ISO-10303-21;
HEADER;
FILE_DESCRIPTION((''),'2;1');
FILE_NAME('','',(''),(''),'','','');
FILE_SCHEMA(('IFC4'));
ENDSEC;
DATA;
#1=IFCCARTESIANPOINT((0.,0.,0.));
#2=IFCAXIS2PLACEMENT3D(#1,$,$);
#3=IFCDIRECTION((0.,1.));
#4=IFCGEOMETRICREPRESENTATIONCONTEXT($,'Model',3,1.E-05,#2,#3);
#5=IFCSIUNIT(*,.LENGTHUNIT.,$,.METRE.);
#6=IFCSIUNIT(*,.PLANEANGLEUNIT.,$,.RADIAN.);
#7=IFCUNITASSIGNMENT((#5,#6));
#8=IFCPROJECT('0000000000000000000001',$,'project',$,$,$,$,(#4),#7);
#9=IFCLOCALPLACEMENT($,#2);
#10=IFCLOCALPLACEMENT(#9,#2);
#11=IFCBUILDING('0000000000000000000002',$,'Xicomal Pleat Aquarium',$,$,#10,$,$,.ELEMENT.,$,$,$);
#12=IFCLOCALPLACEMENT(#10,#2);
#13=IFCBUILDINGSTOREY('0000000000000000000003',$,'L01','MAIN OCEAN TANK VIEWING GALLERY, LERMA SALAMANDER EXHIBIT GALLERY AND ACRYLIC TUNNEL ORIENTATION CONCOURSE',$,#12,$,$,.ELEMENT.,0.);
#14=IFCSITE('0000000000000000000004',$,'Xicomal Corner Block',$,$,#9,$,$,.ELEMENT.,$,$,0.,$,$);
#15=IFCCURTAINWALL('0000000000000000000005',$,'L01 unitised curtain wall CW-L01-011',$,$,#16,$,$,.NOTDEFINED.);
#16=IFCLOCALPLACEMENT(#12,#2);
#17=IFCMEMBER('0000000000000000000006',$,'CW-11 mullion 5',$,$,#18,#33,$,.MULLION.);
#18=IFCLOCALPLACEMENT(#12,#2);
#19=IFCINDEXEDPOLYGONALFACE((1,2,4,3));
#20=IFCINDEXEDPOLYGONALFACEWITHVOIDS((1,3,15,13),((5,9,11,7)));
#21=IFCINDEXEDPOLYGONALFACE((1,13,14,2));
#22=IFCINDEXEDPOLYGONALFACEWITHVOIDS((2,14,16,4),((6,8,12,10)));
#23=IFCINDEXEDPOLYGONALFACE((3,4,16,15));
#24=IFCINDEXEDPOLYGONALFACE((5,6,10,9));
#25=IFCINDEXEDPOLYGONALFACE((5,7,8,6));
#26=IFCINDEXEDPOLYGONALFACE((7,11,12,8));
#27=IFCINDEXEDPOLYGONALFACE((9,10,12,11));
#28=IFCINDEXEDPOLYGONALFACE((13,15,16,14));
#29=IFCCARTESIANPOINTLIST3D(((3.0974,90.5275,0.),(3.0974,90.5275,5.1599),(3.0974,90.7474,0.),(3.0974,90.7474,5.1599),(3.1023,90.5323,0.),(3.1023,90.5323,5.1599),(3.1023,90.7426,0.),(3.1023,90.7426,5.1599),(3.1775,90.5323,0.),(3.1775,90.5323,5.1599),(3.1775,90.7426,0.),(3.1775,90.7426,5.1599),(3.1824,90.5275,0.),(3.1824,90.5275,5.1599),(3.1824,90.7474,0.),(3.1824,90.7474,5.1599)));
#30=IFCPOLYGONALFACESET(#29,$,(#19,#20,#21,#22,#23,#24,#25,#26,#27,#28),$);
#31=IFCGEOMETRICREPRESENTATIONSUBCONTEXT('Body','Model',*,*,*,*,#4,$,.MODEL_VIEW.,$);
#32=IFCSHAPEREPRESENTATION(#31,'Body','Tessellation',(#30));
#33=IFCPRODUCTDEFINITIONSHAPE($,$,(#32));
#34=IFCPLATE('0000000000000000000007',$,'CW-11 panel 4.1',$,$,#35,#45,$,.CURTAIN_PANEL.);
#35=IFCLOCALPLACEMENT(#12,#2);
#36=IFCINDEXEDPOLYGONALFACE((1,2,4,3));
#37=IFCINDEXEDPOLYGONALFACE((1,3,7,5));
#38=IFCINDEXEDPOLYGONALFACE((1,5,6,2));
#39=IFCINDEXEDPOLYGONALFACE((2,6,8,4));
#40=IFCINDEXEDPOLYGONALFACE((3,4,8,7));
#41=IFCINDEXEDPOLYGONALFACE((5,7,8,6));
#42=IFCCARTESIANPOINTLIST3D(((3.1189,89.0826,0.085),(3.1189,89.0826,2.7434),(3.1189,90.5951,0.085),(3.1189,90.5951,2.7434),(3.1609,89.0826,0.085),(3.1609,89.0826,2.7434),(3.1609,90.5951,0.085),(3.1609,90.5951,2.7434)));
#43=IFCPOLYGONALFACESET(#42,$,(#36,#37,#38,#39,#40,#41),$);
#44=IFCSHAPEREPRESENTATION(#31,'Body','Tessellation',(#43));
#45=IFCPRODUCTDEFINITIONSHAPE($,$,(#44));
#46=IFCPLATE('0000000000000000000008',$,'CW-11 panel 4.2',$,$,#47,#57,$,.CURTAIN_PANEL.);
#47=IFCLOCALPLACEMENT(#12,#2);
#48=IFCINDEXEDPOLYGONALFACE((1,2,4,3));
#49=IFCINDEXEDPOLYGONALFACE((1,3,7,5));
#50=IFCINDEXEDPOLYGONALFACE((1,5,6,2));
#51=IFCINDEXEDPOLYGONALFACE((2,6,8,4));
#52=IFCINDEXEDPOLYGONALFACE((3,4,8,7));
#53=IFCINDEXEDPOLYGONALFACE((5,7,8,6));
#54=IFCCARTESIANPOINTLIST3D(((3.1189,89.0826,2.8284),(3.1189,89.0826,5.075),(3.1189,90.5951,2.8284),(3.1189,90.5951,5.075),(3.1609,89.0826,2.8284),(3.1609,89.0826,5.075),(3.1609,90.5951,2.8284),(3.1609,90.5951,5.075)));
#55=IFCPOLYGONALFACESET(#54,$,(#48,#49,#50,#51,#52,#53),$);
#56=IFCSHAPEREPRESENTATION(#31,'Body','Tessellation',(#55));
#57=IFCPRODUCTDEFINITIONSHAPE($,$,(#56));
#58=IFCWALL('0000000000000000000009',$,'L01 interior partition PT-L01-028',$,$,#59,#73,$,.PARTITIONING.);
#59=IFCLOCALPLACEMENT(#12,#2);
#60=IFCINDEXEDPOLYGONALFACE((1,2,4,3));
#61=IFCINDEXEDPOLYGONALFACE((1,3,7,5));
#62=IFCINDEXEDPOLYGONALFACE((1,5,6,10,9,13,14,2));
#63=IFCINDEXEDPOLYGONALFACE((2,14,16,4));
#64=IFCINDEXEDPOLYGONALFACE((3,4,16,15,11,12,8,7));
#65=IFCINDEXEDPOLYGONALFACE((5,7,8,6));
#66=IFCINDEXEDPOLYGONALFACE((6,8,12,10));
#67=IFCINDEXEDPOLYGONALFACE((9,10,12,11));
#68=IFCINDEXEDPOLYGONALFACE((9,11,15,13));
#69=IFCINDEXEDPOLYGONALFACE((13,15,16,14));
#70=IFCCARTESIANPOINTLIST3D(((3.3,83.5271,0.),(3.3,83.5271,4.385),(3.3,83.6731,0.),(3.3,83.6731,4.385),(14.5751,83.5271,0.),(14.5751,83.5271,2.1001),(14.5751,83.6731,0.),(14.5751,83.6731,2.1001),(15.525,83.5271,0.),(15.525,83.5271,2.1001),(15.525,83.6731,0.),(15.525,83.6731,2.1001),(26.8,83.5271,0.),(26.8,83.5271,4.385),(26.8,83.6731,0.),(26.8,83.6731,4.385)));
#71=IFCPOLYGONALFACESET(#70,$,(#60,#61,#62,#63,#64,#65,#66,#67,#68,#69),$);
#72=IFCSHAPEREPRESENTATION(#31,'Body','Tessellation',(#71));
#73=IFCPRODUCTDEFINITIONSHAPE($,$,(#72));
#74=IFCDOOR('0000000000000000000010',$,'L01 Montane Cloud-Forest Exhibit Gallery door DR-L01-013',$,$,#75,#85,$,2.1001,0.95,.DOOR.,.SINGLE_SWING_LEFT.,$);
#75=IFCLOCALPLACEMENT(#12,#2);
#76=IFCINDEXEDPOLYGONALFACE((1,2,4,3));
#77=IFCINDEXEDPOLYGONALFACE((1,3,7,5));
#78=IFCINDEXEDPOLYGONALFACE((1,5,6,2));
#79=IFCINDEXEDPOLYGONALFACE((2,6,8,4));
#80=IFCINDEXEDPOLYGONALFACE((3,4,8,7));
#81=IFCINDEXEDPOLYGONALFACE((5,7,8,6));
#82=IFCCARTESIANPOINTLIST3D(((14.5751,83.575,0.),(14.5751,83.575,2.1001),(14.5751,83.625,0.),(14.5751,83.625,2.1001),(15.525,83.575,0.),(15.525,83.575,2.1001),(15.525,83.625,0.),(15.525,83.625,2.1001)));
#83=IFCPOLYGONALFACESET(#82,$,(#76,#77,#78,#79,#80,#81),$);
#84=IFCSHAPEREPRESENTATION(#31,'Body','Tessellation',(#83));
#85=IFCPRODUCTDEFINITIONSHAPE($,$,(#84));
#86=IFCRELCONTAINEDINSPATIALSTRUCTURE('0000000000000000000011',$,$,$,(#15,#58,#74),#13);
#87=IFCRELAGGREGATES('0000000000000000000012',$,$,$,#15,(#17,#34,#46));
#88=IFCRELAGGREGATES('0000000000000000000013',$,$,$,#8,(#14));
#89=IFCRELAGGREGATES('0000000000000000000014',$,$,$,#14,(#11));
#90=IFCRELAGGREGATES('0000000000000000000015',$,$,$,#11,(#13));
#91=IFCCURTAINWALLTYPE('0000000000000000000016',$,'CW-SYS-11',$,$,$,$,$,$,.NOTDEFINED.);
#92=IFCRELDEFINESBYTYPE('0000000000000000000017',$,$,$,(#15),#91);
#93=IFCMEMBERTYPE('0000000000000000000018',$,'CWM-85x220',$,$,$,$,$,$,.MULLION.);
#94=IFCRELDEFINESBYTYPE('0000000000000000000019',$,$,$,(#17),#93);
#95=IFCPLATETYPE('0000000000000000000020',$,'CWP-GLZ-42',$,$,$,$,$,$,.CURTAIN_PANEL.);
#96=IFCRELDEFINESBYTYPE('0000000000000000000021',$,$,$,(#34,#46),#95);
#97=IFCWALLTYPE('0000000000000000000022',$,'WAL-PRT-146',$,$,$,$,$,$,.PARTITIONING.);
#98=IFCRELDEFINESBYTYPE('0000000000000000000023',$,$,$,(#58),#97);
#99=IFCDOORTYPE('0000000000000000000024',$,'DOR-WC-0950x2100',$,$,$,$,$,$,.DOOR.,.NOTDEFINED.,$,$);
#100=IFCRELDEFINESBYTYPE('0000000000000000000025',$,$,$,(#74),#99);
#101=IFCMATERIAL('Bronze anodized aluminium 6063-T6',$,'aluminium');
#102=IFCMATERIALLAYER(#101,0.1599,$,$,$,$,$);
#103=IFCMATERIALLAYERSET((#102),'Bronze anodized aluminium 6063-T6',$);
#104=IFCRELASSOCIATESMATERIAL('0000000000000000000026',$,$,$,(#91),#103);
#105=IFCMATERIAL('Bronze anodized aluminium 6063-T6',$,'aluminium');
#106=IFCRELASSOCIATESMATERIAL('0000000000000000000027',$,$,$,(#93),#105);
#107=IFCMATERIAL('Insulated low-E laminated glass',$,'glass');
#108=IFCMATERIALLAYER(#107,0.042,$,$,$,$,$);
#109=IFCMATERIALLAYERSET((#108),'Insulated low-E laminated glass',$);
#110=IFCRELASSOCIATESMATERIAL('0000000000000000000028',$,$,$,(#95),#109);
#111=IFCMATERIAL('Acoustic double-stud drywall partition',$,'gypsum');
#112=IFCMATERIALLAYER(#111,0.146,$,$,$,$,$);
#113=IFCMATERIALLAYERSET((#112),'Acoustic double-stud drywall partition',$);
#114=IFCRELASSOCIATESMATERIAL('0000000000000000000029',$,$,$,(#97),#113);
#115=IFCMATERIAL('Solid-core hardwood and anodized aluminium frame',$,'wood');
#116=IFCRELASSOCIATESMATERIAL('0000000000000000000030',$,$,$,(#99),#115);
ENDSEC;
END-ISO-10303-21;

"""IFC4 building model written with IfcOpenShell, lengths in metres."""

from ifc_helpers import new_model, si_unit, direction, frame, frame_2d, origin, origin_2d, place, context, subcontext, project, spatial, rectangle, hollow_rectangle, extrude, material, layer, layer_set, material_profile, profile_set, type_object, element, fill, aggregate, save


model = new_model("IFC4")

# Units and contexts
model_context = context("Model", 3, precision=1e-05, world=origin(), true_north=direction((0.0, 1.0)))
body_context = subcontext(model_context, "Body", "Model", "MODEL_VIEW")
ifc_project = project(units=[si_unit("LENGTHUNIT", "METRE"), si_unit("PLANEANGLEUNIT", "RADIAN")], contexts=[model_context])

# Site, building, storey
site_placement = place(None, origin())
site = spatial("IfcSite", under=ifc_project, at=site_placement, Name="Xicomal Corner Block", CompositionType="ELEMENT", RefElevation=0.0)
building_placement = place(site_placement, origin())
building = spatial("IfcBuilding", under=site, at=building_placement, Name="Xicomal Pleat Aquarium", CompositionType="ELEMENT")
storey_placement = place(building_placement, origin())
storey = spatial("IfcBuildingStorey", under=building, at=storey_placement, Name="L01", Description="MAIN OCEAN TANK VIEWING GALLERY, LERMA SALAMANDER EXHIBIT GALLERY AND ACRYLIC TUNNEL ORIENTATION CONCOURSE", CompositionType="ELEMENT", Elevation=0.0)

# Curtain wall, member, plates
ifc_material_1 = material(Name="Bronze anodized aluminium 6063-T6", Category="aluminium")
ifc_layer_1 = layer(ifc_material_1, 0.1599)
ifc_layer_set_1 = layer_set([ifc_layer_1], Name="Bronze anodized aluminium 6063-T6")
curtain_wall_type_1 = type_object("IfcCurtainWallType", Name="CW-SYS-11", PredefinedType="NOTDEFINED", material=ifc_layer_set_1)
curtain_wall_1_placement = place(storey_placement, origin())
curtain_wall_1 = element("IfcCurtainWall", 1, at=curtain_wall_1_placement, inside=storey, type_object=curtain_wall_type_1, Name="L01 unitised curtain wall CW-L01-011", PredefinedType="NOTDEFINED")
ifc_material_2 = material(Name="Bronze anodized aluminium 6063-T6", Category="aluminium")
ifc_material_profile_1 = material_profile(ifc_material_2, hollow_rectangle(XDim=0.085, YDim=0.22, WallThickness=0.0049, at=origin_2d()), Name="ALU MULL 85x220")
ifc_profile_set_1 = profile_set([ifc_material_profile_1], Name="Bronze anodized aluminium 6063-T6")
member_type_1 = type_object("IfcMemberType", Name="CWM-85x220", PredefinedType="MULLION", material=ifc_profile_set_1)
member_1_placement = place(storey_placement, frame((3.1399, 90.6375, 0.0), z_axis=(0.0, 0.0, 1.0), x_axis=(-1.0, 0.0, 0.0)))
member_1 = element("IfcMember", 2, at=member_1_placement, type_object=member_type_1, Name="CW-11 mullion 5", PredefinedType="MULLION", context=body_context, shape_type="SweptSolid", body=[
    extrude(hollow_rectangle(XDim=0.085, YDim=0.22, WallThickness=0.0049, at=origin_2d()), origin(), (0.0, 0.0, 1.0), 5.1599),
])
ifc_material_3 = material(Name="Insulated low-E laminated glass", Category="glass")
ifc_layer_2 = layer(ifc_material_3, 0.042)
ifc_layer_set_2 = layer_set([ifc_layer_2], Name="Insulated low-E laminated glass")
plate_type = type_object("IfcPlateType", Name="CWP-GLZ-42", PredefinedType="CURTAIN_PANEL", material=ifc_layer_set_2)
plate_1_placement = place(storey_placement, frame((3.1399, 89.8389, 0.085), z_axis=(0.0, 0.0, 1.0), x_axis=(0.0, 1.0, 0.0)))
plate_1 = element("IfcPlate", 3, at=plate_1_placement, type_object=plate_type, Name="CW-11 panel 4.1", PredefinedType="CURTAIN_PANEL", context=body_context, shape_type="SweptSolid", body=[
    extrude(rectangle(XDim=1.5125, YDim=0.042, at=origin_2d()), origin(), (0.0, 0.0, 1.0), 2.6584),
])
plate_2_placement = place(storey_placement, frame((3.1399, 89.8389, 2.8284), z_axis=(0.0, 0.0, 1.0), x_axis=(0.0, 1.0, 0.0)))
plate_2 = element("IfcPlate", 4, at=plate_2_placement, type_object=plate_type, Name="CW-11 panel 4.2", PredefinedType="CURTAIN_PANEL", context=body_context, shape_type="SweptSolid", body=[
    extrude(rectangle(XDim=1.5125, YDim=0.042, at=origin_2d()), origin(), (0.0, 0.0, 1.0), 2.2466),
])
aggregate(curtain_wall_1, [member_1, plate_1, plate_2])

# Wall, opening, door
ifc_material_4 = material(Name="Acoustic double-stud drywall partition", Category="gypsum")
ifc_layer_3 = layer(ifc_material_4, 0.146)
ifc_layer_set_3 = layer_set([ifc_layer_3], Name="Acoustic double-stud drywall partition")
wall_type = type_object("IfcWallType", Name="WAL-PRT-146", PredefinedType="PARTITIONING", material=ifc_layer_set_3)
wall_placement = place(storey_placement, frame((3.3, 83.6001, 0.0), z_axis=(0.0, 0.0, 1.0), x_axis=(1.0, 0.0, 0.0)))
wall = element("IfcWall", 5, at=wall_placement, inside=storey, type_object=wall_type, Name="L01 interior partition PT-L01-028", PredefinedType="PARTITIONING", context=body_context, shape_type="SweptSolid", body=[
    extrude(rectangle(XDim=23.5, YDim=0.146, at=frame_2d((11.75, 0.0))), origin(), (0.0, 0.0, 1.0), 4.385),
])
opening_placement = place(wall_placement, frame((11.2749, 0.0, 0.0)))
opening = element("IfcOpeningElement", 6, at=opening_placement, cuts=wall, PredefinedType="OPENING", context=body_context, shape_type="SweptSolid", body=[
    extrude(rectangle(XDim=0.95, YDim=2.1001, at=frame_2d((0.4751, 1.05))), frame((0.0, 0.083, 0.0), z_axis=(0.0, -1.0, 0.0), x_axis=(1.0, 0.0, 0.0)), (0.0, 0.0, 1.0), 0.166),
])
ifc_material_5 = material(Name="Solid-core hardwood and anodized aluminium frame", Category="wood")
door_type = type_object("IfcDoorType", Name="DOR-WC-0950x2100", OperationType="NOTDEFINED", PredefinedType="DOOR", material=ifc_material_5)
door_placement = place(opening_placement, origin())
door = element("IfcDoor", 7, at=door_placement, inside=storey, type_object=door_type, Name="L01 Montane Cloud-Forest Exhibit Gallery door DR-L01-013", OperationType="SINGLE_SWING_LEFT", OverallHeight=2.1001, OverallWidth=0.95, PredefinedType="DOOR", context=body_context, shape_type="SweptSolid", body=[
    extrude(rectangle(XDim=0.95, YDim=2.1001, at=frame_2d((0.4751, 1.05))), frame((0.0, 0.0249, 0.0), z_axis=(0.0, -1.0, 0.0), x_axis=(1.0, 0.0, 0.0)), (0.0, 0.0, 1.0), 0.05),
])
fill(opening, door)

save(model, "model.ifc")
